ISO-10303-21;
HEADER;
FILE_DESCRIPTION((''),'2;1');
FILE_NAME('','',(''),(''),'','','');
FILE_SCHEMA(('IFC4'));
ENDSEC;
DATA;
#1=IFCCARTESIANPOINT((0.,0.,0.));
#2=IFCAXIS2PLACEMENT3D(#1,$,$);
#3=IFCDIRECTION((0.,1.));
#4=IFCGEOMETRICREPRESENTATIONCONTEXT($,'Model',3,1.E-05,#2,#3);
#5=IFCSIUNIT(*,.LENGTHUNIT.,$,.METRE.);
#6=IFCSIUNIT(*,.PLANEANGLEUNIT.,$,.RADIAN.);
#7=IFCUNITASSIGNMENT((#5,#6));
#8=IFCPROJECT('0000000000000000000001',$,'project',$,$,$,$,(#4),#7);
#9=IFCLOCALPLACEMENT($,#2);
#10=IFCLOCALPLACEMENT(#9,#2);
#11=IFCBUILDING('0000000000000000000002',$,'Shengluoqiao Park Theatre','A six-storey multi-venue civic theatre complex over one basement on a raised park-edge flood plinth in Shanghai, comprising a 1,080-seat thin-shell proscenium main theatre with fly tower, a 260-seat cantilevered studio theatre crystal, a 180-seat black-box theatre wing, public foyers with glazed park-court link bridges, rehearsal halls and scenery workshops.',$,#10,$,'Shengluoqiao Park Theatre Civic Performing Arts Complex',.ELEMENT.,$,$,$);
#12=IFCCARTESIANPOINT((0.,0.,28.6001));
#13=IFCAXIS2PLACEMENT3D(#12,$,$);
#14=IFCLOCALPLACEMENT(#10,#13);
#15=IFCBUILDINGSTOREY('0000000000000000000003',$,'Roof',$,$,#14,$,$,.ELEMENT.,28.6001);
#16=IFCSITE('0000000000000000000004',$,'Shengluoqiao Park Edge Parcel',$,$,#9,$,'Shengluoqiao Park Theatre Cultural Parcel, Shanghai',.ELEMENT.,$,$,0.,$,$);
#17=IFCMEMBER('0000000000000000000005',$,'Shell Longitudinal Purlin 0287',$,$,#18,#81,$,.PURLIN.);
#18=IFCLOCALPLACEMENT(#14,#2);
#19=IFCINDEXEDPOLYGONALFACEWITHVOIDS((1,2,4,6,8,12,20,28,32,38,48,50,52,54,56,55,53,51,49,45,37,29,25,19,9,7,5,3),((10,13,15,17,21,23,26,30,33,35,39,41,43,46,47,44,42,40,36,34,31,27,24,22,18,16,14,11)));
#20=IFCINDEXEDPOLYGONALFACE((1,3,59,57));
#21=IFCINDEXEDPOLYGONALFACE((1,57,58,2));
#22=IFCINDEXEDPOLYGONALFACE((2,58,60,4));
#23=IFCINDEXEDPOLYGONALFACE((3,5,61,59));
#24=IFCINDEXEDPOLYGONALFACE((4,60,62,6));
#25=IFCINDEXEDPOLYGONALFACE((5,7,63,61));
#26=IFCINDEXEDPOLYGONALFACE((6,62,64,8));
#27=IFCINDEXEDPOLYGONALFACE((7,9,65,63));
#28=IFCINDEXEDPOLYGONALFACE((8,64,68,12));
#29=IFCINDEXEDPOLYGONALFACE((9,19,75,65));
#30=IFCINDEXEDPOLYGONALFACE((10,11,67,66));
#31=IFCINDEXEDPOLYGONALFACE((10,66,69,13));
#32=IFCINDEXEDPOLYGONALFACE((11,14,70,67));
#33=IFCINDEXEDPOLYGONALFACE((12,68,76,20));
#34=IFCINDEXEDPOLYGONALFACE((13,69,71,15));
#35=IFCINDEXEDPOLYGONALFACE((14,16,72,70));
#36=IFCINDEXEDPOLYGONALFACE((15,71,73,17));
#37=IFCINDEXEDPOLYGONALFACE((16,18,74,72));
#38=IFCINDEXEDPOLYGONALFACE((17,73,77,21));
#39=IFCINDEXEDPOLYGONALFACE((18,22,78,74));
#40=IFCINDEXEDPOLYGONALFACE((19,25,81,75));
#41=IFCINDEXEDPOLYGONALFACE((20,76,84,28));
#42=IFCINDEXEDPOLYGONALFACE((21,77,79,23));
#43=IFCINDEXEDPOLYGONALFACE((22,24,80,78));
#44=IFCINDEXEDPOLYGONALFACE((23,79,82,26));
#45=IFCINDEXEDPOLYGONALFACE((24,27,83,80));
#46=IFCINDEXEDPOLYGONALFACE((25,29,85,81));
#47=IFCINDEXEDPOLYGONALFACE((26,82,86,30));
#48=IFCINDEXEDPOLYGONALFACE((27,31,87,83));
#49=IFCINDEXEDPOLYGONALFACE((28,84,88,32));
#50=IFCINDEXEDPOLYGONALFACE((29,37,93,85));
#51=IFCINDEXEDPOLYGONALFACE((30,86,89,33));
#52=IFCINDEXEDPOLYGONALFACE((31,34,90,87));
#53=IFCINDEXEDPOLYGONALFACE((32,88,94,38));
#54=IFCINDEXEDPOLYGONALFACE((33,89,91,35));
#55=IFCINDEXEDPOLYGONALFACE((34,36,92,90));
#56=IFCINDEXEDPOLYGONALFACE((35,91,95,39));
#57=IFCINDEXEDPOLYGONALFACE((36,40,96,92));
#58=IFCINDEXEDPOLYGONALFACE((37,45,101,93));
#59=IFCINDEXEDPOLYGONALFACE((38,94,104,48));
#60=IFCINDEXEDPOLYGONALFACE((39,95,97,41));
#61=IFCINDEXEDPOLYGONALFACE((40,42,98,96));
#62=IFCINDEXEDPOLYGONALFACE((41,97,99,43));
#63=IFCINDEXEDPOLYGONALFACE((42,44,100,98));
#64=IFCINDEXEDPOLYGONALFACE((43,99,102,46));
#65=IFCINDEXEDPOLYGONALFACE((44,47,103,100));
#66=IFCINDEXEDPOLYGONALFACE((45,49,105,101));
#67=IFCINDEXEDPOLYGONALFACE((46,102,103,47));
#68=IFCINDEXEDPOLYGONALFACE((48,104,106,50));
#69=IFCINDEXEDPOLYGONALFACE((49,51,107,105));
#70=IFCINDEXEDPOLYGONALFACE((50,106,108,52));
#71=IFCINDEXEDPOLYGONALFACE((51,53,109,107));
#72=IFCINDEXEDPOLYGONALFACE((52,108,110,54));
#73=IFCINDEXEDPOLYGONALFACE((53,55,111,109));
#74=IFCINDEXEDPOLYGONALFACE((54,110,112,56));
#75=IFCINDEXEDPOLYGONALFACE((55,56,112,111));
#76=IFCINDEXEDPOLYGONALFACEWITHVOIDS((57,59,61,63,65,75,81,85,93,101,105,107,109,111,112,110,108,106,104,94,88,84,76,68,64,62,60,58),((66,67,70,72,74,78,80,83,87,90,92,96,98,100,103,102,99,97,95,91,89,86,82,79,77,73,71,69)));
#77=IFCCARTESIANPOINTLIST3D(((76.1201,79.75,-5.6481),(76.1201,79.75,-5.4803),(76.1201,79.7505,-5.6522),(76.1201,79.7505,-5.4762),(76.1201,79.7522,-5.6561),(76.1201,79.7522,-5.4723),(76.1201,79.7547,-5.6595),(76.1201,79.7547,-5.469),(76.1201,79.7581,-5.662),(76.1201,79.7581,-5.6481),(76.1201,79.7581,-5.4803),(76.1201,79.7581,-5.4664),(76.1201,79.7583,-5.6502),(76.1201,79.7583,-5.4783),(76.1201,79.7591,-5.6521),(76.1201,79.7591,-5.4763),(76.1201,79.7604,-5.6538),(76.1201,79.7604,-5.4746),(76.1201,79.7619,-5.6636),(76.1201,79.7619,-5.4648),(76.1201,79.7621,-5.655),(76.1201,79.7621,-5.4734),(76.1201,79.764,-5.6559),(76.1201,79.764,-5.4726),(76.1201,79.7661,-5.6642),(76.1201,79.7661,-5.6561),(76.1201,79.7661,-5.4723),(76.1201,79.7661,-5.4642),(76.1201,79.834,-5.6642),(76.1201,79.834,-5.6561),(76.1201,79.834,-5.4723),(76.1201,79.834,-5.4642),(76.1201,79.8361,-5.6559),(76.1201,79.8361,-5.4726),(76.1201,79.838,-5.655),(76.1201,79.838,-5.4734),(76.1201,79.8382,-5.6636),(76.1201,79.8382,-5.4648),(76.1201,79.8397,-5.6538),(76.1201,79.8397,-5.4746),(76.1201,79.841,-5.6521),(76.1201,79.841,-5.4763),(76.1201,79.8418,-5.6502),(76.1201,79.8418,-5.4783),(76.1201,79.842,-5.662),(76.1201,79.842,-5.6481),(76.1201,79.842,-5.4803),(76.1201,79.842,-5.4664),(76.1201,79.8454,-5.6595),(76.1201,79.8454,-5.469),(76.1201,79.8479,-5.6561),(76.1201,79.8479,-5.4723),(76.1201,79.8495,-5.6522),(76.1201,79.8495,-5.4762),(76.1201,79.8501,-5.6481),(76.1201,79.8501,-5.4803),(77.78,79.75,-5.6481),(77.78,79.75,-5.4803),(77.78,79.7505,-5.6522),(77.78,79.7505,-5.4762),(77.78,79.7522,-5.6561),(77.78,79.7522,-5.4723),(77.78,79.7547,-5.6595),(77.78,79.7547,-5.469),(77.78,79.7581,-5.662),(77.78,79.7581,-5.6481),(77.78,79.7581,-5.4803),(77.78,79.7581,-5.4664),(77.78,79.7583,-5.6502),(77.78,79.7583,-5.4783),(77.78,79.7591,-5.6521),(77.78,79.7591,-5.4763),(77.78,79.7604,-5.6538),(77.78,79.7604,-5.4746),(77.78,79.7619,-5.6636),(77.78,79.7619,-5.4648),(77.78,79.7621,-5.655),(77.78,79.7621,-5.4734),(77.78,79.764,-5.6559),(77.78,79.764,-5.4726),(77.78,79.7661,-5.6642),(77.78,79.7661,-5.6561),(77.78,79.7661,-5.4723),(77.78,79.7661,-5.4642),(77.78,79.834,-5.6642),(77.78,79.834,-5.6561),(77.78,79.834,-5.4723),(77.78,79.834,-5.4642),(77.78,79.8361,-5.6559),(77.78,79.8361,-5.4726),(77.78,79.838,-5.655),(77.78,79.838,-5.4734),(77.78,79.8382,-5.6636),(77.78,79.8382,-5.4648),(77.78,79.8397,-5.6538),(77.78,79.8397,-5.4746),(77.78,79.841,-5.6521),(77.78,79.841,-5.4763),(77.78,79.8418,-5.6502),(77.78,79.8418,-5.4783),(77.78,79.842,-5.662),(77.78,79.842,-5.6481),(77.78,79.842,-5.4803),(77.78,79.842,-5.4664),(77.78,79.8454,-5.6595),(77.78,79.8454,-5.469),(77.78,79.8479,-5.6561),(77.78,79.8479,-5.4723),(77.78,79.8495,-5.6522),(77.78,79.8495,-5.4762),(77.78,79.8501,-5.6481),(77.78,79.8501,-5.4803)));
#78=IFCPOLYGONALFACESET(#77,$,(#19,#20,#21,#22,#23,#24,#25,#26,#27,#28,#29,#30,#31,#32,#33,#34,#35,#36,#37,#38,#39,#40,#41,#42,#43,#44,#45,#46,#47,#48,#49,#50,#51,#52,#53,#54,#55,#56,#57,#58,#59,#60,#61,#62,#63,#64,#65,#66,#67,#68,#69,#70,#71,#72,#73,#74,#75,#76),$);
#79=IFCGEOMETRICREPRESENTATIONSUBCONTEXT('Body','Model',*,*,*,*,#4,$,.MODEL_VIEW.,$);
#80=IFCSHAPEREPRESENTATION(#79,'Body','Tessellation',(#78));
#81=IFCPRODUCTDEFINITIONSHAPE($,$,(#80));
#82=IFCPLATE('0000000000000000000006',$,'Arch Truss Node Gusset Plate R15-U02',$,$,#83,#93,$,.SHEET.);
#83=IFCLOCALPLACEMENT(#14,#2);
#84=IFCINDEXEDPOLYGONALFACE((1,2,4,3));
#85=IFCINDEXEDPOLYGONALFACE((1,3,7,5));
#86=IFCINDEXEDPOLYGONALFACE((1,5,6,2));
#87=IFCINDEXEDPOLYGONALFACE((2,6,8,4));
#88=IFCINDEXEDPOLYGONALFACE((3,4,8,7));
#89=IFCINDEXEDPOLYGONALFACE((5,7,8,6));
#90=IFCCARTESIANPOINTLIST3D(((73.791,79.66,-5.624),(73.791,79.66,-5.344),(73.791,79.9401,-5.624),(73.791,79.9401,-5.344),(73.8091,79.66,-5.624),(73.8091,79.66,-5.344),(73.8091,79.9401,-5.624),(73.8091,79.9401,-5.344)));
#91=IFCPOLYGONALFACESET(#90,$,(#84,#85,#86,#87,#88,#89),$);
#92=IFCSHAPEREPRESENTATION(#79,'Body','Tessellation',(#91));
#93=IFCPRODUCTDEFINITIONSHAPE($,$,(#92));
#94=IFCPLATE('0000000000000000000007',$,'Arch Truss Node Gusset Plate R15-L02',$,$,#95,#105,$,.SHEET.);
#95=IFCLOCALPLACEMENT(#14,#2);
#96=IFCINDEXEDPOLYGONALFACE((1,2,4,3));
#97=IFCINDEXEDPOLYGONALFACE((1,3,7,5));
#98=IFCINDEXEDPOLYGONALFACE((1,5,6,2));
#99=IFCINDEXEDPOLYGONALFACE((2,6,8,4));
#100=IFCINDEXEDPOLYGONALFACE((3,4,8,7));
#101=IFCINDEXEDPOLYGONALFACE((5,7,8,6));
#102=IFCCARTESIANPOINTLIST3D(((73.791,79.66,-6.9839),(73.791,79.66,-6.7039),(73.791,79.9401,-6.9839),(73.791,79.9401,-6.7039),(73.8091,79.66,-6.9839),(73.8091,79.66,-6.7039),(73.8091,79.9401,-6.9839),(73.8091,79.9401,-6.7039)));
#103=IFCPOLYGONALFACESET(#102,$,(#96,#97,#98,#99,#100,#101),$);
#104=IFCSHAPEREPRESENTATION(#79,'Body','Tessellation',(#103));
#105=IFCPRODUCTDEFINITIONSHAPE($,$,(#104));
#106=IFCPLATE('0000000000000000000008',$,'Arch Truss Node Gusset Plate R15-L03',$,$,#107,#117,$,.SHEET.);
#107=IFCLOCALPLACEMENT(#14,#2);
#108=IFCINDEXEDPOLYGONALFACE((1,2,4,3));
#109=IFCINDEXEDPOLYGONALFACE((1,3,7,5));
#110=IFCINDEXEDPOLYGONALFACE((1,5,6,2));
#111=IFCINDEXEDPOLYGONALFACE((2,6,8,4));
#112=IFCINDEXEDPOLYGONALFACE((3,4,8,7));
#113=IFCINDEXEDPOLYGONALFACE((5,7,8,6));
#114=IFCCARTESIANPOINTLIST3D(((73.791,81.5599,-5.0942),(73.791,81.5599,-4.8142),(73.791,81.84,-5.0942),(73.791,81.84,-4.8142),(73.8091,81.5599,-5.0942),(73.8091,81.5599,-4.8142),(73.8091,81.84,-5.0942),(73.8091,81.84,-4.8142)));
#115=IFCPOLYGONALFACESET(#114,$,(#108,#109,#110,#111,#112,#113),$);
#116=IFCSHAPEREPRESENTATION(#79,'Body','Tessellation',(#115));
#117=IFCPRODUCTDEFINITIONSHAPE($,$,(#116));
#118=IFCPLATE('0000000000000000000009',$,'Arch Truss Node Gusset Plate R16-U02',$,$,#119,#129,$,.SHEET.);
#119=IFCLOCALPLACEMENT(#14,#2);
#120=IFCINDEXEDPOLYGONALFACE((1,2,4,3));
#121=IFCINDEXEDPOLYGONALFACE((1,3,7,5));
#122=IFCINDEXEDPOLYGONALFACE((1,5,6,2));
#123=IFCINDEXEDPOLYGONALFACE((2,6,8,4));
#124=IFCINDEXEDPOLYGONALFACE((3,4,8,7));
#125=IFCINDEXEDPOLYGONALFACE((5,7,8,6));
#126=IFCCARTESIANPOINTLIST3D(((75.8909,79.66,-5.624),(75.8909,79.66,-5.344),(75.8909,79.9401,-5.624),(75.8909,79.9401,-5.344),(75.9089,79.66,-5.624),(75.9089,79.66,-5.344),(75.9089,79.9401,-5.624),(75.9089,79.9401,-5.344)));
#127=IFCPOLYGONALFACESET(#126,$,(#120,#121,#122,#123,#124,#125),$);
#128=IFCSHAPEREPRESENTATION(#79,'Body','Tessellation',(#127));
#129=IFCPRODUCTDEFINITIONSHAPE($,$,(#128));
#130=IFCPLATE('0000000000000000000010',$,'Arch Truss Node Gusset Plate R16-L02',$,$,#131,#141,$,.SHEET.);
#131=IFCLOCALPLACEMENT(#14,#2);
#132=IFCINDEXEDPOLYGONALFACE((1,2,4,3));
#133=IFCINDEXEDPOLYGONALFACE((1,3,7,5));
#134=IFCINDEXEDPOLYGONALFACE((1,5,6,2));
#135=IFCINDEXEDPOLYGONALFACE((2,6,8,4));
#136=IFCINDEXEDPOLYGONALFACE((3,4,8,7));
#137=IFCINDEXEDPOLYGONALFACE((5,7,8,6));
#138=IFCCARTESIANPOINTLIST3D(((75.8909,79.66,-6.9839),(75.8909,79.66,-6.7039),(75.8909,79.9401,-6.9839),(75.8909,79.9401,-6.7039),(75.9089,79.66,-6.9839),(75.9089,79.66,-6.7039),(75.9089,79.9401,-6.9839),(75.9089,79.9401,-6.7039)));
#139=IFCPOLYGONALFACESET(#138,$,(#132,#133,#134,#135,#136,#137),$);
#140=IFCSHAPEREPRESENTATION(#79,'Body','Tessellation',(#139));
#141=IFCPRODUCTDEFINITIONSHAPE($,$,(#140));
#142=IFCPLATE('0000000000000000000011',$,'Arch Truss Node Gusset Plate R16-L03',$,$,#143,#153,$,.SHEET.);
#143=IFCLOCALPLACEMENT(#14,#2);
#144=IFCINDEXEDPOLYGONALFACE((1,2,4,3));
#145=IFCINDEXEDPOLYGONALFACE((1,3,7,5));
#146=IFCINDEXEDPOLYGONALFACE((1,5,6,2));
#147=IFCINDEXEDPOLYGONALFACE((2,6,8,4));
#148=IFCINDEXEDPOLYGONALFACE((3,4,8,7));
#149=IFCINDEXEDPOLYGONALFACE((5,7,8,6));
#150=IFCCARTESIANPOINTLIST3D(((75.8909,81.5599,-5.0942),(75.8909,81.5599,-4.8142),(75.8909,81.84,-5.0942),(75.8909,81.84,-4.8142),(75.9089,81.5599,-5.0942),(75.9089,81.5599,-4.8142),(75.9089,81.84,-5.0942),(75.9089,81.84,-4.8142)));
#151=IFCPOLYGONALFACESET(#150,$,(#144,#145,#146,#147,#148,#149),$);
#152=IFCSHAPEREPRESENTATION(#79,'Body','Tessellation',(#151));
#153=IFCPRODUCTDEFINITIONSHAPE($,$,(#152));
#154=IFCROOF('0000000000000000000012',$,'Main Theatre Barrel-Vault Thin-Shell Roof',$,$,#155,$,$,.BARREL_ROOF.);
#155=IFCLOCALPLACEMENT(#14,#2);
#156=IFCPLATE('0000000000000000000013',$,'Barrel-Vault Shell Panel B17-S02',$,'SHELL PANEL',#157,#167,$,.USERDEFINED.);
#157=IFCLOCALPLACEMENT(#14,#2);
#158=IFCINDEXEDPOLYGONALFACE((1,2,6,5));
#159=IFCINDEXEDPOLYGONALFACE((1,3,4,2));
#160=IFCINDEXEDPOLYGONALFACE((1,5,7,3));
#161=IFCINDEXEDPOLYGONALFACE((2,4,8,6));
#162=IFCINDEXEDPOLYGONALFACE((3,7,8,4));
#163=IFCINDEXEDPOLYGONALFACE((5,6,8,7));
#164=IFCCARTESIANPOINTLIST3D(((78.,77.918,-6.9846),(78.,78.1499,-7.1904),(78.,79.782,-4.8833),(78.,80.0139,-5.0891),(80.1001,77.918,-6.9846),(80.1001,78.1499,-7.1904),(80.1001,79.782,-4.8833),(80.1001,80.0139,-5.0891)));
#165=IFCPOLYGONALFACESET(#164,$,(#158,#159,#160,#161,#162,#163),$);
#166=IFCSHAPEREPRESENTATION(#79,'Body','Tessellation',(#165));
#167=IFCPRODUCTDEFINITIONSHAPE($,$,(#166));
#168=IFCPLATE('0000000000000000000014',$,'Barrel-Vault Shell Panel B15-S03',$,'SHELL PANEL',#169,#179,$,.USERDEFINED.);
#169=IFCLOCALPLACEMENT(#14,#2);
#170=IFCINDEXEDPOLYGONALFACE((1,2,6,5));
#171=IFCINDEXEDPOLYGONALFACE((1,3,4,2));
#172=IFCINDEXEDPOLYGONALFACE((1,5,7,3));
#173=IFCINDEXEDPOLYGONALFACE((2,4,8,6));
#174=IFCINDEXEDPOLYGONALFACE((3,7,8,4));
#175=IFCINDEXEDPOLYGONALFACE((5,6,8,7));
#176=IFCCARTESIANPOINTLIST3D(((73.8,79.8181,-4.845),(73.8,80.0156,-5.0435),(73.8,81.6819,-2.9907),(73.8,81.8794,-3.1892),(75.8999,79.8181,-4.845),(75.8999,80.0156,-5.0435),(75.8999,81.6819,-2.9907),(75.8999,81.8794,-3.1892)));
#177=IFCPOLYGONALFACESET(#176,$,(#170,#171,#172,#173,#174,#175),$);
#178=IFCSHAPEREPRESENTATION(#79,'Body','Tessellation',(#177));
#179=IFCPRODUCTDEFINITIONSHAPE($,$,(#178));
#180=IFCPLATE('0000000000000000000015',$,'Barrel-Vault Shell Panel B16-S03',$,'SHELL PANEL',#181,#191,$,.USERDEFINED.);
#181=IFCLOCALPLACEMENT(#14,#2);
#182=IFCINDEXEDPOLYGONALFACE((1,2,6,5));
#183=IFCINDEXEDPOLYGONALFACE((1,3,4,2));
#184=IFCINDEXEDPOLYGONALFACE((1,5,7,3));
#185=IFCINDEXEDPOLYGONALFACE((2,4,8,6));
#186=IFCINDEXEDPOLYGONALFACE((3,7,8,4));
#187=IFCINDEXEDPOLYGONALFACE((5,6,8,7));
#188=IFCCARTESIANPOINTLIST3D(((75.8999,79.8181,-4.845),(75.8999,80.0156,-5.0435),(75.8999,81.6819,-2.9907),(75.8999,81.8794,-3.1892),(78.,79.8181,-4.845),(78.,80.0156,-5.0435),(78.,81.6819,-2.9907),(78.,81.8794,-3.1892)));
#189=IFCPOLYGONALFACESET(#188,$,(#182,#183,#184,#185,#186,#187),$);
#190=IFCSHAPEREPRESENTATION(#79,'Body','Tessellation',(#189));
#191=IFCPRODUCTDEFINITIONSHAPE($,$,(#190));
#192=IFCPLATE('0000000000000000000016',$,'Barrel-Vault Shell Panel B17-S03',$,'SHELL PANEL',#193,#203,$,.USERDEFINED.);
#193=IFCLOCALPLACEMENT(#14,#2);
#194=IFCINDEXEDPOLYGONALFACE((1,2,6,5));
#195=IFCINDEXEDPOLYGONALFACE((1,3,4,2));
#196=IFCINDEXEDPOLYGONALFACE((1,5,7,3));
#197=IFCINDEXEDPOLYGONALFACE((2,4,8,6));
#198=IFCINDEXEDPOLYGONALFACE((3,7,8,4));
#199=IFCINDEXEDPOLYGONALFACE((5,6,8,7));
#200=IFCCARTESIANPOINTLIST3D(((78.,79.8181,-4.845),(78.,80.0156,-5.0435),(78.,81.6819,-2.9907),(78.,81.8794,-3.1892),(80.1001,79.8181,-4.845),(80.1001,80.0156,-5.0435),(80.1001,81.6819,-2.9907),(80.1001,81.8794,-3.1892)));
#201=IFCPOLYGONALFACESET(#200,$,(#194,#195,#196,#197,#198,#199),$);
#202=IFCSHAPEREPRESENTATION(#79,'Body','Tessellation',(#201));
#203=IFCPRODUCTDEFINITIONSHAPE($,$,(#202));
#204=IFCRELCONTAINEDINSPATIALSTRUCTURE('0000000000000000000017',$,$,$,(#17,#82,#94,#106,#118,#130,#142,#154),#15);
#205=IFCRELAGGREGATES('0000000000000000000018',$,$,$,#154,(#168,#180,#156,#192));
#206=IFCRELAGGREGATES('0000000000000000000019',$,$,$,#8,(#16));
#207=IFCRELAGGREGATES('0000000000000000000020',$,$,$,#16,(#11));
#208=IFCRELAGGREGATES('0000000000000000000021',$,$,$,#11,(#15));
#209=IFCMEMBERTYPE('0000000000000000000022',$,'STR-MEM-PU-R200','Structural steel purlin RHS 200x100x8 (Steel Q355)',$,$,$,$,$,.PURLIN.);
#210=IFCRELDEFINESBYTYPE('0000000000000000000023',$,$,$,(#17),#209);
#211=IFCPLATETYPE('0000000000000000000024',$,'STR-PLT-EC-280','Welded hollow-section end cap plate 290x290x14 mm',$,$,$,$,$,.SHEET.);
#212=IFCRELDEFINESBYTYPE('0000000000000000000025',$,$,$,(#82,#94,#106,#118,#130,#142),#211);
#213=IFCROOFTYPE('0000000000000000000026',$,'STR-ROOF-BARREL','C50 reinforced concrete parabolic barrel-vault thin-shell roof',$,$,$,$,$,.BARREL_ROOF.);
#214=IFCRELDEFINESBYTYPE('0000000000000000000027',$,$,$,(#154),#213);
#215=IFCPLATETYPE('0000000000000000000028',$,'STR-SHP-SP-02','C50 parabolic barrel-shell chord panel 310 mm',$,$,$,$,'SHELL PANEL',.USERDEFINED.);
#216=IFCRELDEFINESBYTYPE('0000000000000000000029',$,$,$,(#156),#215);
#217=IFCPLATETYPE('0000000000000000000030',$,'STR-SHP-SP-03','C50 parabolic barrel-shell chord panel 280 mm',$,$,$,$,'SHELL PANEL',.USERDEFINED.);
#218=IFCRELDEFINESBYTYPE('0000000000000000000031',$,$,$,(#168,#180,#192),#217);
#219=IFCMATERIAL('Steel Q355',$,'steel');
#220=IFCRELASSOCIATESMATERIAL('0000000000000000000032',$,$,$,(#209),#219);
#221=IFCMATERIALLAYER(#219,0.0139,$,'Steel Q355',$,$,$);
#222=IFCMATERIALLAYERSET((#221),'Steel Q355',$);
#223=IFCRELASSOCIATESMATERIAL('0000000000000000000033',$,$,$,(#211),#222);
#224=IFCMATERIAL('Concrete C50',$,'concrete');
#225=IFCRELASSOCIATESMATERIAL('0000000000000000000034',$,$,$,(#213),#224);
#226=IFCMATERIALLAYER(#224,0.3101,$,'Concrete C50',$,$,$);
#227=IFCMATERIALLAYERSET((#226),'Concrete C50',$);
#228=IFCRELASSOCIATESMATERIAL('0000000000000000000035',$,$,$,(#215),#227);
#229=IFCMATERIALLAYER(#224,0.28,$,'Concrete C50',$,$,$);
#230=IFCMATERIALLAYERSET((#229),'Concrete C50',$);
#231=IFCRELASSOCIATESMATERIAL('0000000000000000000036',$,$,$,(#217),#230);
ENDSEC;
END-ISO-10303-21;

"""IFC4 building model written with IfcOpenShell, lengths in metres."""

from ifc_helpers import new_model, si_unit, direction, frame, origin, origin_2d, place, context, subcontext, project, spatial, polyline, rectangle, hollow_rectangle, outline, extrude, material, layer, layer_set, material_profile, profile_set, type_object, element, aggregate, save


model = new_model("IFC4")

# Units and contexts
model_context = context("Model", 3, precision=1e-05, world=origin(), true_north=direction((0.0, 1.0)))
body_context = subcontext(model_context, "Body", "Model", "MODEL_VIEW")
ifc_project = project(units=[si_unit("LENGTHUNIT", "METRE"), si_unit("PLANEANGLEUNIT", "RADIAN")], contexts=[model_context])

# Site, building, storey
site_placement = place(None, origin())
site = spatial("IfcSite", under=ifc_project, at=site_placement, Name="Shengluoqiao Park Edge Parcel", LongName="Shengluoqiao Park Theatre Cultural Parcel, Shanghai", CompositionType="ELEMENT", RefElevation=0.0)
building_placement = place(site_placement, origin())
building = spatial("IfcBuilding", under=site, at=building_placement, Name="Shengluoqiao Park Theatre", Description="A six-storey multi-venue civic theatre complex over one basement on a raised park-edge flood plinth in Shanghai, comprising a 1,080-seat thin-shell proscenium main theatre with fly tower, a 260-seat cantilevered studio theatre crystal, a 180-seat black-box theatre wing, public foyers with glazed park-court link bridges, rehearsal halls and scenery workshops.", LongName="Shengluoqiao Park Theatre Civic Performing Arts Complex", CompositionType="ELEMENT")
storey_placement = place(building_placement, frame((0.0, 0.0, 28.6001)))
storey = spatial("IfcBuildingStorey", under=building, at=storey_placement, Name="Roof", CompositionType="ELEMENT", Elevation=28.6001)

# Shared definitions
ifc_material_1 = material(Name="Concrete C50", Category="concrete")
ifc_material_2 = material(Name="Steel Q355", Category="steel")

# Member
ifc_material_profile_1 = material_profile(ifc_material_2, hollow_rectangle(XDim=0.1001, YDim=0.2, WallThickness=0.0081, InnerFilletRadius=0.0081, OuterFilletRadius=0.0161, at=origin_2d()), Name="RHS 200x100x8")
ifc_profile_set_1 = profile_set([ifc_material_profile_1], Name="Steel Q355")
member_type_1 = type_object("IfcMemberType", Name="STR-MEM-PU-R200", Description="Structural steel purlin RHS 200x100x8 (Steel Q355)", PredefinedType="PURLIN", material=ifc_profile_set_1)
for number, where, z_axis, x_axis, name in (
    (1, (76.1201, 79.8, -5.5642), (1.0, 0.0, 0.0), (0.0, 1.0, 0.0), "Shell Longitudinal Purlin 0287"),
):
    element("IfcMember", number, at=place(storey_placement, frame(where, z_axis=z_axis, x_axis=x_axis)), inside=storey, type_object=member_type_1, Name=name, PredefinedType="PURLIN", context=body_context, shape_type="SweptSolid", body=[
        extrude(hollow_rectangle(XDim=0.1001, YDim=0.2, WallThickness=0.0081, InnerFilletRadius=0.0081, OuterFilletRadius=0.0161, at=origin_2d()), origin(), (0.0, 0.0, 1.0), 1.6599),
    ])

# Plates
ifc_layer_1 = layer(ifc_material_2, 0.0139, Name="Steel Q355")
ifc_layer_set_1 = layer_set([ifc_layer_1], Name="Steel Q355")
plate_type_1 = type_object("IfcPlateType", Name="STR-PLT-EC-280", Description="Welded hollow-section end cap plate 290x290x14 mm", PredefinedType="SHEET", material=ifc_layer_set_1)
for number, where, z_axis, x_axis, name in (
    (2, (73.8, 79.8, -5.624), (0.0, 0.0, 1.0), (1.0, 0.0, 0.0), "Arch Truss Node Gusset Plate R15-U02"),
    (3, (73.8, 79.8, -6.9839), (0.0, 0.0, 1.0), (1.0, 0.0, 0.0), "Arch Truss Node Gusset Plate R15-L02"),
    (4, (73.8, 81.7, -5.0942), (0.0, 0.0, 1.0), (1.0, 0.0, 0.0), "Arch Truss Node Gusset Plate R15-L03"),
    (5, (75.8999, 79.8, -5.624), (0.0, 0.0, 1.0), (1.0, 0.0, 0.0), "Arch Truss Node Gusset Plate R16-U02"),
    (6, (75.8999, 79.8, -6.9839), (0.0, 0.0, 1.0), (1.0, 0.0, 0.0), "Arch Truss Node Gusset Plate R16-L02"),
    (7, (75.8999, 81.7, -5.0942), (0.0, 0.0, 1.0), (1.0, 0.0, 0.0), "Arch Truss Node Gusset Plate R16-L03"),
):
    element("IfcPlate", number, at=place(storey_placement, frame(where, z_axis=z_axis, x_axis=x_axis)), inside=storey, type_object=plate_type_1, Name=name, PredefinedType="SHEET", context=body_context, shape_type="SweptSolid", body=[
        extrude(rectangle(XDim=0.0181, YDim=0.28, at=origin_2d()), origin(), (0.0, 0.0, 1.0), 0.28),
    ])

# Roof, plates
roof_type = type_object("IfcRoofType", Name="STR-ROOF-BARREL", Description="C50 reinforced concrete parabolic barrel-vault thin-shell roof", PredefinedType="BARREL_ROOF", material=ifc_material_1)
roof_placement = place(storey_placement, origin())
roof = element("IfcRoof", 8, at=roof_placement, inside=storey, type_object=roof_type, Name="Main Theatre Barrel-Vault Thin-Shell Roof", PredefinedType="BARREL_ROOF")
ifc_layer_2 = layer(ifc_material_1, 0.3101, Name="Concrete C50")
ifc_layer_set_2 = layer_set([ifc_layer_2], Name="Concrete C50")
plate_type_2 = type_object("IfcPlateType", Name="STR-SHP-SP-02", Description="C50 parabolic barrel-shell chord panel 310 mm", ElementType="SHELL PANEL", PredefinedType="USERDEFINED", material=ifc_layer_set_2)
plate_1_placement = place(storey_placement, frame((78.0, 77.918, -6.9846), z_axis=(0.0, -0.748085, 0.663603), x_axis=(1.0, 0.0, 0.0)))
plate_1 = element("IfcPlate", 9, at=plate_1_placement, type_object=plate_type_2, Name="Barrel-Vault Shell Panel B17-S02", ObjectType="SHELL PANEL", PredefinedType="USERDEFINED", context=body_context, shape_type="SweptSolid", body=[
    extrude(outline(polyline([(0.0, 0.0), (2.1001, 0.0), (2.1001, 2.8089), (0.0, 2.8089), (0.0, 0.0)])), origin(), (0.0, 0.0, -1.0), 0.3101),
])
ifc_layer_3 = layer(ifc_material_1, 0.28, Name="Concrete C50")
ifc_layer_set_3 = layer_set([ifc_layer_3], Name="Concrete C50")
plate_type_3 = type_object("IfcPlateType", Name="STR-SHP-SP-03", Description="C50 parabolic barrel-shell chord panel 280 mm", ElementType="SHELL PANEL", PredefinedType="USERDEFINED", material=ifc_layer_set_3)
plate_2_placement = place(storey_placement, frame((73.8, 79.8181, -4.845), z_axis=(0.0, -0.705294, 0.708915), x_axis=(1.0, 0.0, 0.0)))
plate_2 = element("IfcPlate", 10, at=plate_2_placement, type_object=plate_type_3, Name="Barrel-Vault Shell Panel B15-S03", ObjectType="SHELL PANEL", PredefinedType="USERDEFINED", context=body_context, shape_type="SweptSolid", body=[
    extrude(outline(polyline([(0.0, 0.0), (2.0999, 0.0), (2.0999, 2.629), (0.0, 2.629), (0.0, 0.0)])), origin(), (0.0, 0.0, -1.0), 0.28),
])
plate_3_placement = place(storey_placement, frame((75.8999, 79.8181, -4.845), z_axis=(0.0, -0.705294, 0.708915), x_axis=(1.0, 0.0, 0.0)))
plate_3 = element("IfcPlate", 11, at=plate_3_placement, type_object=plate_type_3, Name="Barrel-Vault Shell Panel B16-S03", ObjectType="SHELL PANEL", PredefinedType="USERDEFINED", context=body_context, shape_type="SweptSolid", body=[
    extrude(outline(polyline([(0.0, 0.0), (2.1001, 0.0), (2.1001, 2.629), (0.0, 2.629), (0.0, 0.0)])), origin(), (0.0, 0.0, -1.0), 0.28),
])
plate_4_placement = place(storey_placement, frame((78.0, 79.8181, -4.845), z_axis=(0.0, -0.705294, 0.708915), x_axis=(1.0, 0.0, 0.0)))
plate_4 = element("IfcPlate", 12, at=plate_4_placement, type_object=plate_type_3, Name="Barrel-Vault Shell Panel B17-S03", ObjectType="SHELL PANEL", PredefinedType="USERDEFINED", context=body_context, shape_type="SweptSolid", body=[
    extrude(outline(polyline([(0.0, 0.0), (2.1001, 0.0), (2.1001, 2.629), (0.0, 2.629), (0.0, 0.0)])), origin(), (0.0, 0.0, -1.0), 0.28),
])
aggregate(roof, [plate_2, plate_3, plate_1, plate_4])

save(model, "model.ifc")
